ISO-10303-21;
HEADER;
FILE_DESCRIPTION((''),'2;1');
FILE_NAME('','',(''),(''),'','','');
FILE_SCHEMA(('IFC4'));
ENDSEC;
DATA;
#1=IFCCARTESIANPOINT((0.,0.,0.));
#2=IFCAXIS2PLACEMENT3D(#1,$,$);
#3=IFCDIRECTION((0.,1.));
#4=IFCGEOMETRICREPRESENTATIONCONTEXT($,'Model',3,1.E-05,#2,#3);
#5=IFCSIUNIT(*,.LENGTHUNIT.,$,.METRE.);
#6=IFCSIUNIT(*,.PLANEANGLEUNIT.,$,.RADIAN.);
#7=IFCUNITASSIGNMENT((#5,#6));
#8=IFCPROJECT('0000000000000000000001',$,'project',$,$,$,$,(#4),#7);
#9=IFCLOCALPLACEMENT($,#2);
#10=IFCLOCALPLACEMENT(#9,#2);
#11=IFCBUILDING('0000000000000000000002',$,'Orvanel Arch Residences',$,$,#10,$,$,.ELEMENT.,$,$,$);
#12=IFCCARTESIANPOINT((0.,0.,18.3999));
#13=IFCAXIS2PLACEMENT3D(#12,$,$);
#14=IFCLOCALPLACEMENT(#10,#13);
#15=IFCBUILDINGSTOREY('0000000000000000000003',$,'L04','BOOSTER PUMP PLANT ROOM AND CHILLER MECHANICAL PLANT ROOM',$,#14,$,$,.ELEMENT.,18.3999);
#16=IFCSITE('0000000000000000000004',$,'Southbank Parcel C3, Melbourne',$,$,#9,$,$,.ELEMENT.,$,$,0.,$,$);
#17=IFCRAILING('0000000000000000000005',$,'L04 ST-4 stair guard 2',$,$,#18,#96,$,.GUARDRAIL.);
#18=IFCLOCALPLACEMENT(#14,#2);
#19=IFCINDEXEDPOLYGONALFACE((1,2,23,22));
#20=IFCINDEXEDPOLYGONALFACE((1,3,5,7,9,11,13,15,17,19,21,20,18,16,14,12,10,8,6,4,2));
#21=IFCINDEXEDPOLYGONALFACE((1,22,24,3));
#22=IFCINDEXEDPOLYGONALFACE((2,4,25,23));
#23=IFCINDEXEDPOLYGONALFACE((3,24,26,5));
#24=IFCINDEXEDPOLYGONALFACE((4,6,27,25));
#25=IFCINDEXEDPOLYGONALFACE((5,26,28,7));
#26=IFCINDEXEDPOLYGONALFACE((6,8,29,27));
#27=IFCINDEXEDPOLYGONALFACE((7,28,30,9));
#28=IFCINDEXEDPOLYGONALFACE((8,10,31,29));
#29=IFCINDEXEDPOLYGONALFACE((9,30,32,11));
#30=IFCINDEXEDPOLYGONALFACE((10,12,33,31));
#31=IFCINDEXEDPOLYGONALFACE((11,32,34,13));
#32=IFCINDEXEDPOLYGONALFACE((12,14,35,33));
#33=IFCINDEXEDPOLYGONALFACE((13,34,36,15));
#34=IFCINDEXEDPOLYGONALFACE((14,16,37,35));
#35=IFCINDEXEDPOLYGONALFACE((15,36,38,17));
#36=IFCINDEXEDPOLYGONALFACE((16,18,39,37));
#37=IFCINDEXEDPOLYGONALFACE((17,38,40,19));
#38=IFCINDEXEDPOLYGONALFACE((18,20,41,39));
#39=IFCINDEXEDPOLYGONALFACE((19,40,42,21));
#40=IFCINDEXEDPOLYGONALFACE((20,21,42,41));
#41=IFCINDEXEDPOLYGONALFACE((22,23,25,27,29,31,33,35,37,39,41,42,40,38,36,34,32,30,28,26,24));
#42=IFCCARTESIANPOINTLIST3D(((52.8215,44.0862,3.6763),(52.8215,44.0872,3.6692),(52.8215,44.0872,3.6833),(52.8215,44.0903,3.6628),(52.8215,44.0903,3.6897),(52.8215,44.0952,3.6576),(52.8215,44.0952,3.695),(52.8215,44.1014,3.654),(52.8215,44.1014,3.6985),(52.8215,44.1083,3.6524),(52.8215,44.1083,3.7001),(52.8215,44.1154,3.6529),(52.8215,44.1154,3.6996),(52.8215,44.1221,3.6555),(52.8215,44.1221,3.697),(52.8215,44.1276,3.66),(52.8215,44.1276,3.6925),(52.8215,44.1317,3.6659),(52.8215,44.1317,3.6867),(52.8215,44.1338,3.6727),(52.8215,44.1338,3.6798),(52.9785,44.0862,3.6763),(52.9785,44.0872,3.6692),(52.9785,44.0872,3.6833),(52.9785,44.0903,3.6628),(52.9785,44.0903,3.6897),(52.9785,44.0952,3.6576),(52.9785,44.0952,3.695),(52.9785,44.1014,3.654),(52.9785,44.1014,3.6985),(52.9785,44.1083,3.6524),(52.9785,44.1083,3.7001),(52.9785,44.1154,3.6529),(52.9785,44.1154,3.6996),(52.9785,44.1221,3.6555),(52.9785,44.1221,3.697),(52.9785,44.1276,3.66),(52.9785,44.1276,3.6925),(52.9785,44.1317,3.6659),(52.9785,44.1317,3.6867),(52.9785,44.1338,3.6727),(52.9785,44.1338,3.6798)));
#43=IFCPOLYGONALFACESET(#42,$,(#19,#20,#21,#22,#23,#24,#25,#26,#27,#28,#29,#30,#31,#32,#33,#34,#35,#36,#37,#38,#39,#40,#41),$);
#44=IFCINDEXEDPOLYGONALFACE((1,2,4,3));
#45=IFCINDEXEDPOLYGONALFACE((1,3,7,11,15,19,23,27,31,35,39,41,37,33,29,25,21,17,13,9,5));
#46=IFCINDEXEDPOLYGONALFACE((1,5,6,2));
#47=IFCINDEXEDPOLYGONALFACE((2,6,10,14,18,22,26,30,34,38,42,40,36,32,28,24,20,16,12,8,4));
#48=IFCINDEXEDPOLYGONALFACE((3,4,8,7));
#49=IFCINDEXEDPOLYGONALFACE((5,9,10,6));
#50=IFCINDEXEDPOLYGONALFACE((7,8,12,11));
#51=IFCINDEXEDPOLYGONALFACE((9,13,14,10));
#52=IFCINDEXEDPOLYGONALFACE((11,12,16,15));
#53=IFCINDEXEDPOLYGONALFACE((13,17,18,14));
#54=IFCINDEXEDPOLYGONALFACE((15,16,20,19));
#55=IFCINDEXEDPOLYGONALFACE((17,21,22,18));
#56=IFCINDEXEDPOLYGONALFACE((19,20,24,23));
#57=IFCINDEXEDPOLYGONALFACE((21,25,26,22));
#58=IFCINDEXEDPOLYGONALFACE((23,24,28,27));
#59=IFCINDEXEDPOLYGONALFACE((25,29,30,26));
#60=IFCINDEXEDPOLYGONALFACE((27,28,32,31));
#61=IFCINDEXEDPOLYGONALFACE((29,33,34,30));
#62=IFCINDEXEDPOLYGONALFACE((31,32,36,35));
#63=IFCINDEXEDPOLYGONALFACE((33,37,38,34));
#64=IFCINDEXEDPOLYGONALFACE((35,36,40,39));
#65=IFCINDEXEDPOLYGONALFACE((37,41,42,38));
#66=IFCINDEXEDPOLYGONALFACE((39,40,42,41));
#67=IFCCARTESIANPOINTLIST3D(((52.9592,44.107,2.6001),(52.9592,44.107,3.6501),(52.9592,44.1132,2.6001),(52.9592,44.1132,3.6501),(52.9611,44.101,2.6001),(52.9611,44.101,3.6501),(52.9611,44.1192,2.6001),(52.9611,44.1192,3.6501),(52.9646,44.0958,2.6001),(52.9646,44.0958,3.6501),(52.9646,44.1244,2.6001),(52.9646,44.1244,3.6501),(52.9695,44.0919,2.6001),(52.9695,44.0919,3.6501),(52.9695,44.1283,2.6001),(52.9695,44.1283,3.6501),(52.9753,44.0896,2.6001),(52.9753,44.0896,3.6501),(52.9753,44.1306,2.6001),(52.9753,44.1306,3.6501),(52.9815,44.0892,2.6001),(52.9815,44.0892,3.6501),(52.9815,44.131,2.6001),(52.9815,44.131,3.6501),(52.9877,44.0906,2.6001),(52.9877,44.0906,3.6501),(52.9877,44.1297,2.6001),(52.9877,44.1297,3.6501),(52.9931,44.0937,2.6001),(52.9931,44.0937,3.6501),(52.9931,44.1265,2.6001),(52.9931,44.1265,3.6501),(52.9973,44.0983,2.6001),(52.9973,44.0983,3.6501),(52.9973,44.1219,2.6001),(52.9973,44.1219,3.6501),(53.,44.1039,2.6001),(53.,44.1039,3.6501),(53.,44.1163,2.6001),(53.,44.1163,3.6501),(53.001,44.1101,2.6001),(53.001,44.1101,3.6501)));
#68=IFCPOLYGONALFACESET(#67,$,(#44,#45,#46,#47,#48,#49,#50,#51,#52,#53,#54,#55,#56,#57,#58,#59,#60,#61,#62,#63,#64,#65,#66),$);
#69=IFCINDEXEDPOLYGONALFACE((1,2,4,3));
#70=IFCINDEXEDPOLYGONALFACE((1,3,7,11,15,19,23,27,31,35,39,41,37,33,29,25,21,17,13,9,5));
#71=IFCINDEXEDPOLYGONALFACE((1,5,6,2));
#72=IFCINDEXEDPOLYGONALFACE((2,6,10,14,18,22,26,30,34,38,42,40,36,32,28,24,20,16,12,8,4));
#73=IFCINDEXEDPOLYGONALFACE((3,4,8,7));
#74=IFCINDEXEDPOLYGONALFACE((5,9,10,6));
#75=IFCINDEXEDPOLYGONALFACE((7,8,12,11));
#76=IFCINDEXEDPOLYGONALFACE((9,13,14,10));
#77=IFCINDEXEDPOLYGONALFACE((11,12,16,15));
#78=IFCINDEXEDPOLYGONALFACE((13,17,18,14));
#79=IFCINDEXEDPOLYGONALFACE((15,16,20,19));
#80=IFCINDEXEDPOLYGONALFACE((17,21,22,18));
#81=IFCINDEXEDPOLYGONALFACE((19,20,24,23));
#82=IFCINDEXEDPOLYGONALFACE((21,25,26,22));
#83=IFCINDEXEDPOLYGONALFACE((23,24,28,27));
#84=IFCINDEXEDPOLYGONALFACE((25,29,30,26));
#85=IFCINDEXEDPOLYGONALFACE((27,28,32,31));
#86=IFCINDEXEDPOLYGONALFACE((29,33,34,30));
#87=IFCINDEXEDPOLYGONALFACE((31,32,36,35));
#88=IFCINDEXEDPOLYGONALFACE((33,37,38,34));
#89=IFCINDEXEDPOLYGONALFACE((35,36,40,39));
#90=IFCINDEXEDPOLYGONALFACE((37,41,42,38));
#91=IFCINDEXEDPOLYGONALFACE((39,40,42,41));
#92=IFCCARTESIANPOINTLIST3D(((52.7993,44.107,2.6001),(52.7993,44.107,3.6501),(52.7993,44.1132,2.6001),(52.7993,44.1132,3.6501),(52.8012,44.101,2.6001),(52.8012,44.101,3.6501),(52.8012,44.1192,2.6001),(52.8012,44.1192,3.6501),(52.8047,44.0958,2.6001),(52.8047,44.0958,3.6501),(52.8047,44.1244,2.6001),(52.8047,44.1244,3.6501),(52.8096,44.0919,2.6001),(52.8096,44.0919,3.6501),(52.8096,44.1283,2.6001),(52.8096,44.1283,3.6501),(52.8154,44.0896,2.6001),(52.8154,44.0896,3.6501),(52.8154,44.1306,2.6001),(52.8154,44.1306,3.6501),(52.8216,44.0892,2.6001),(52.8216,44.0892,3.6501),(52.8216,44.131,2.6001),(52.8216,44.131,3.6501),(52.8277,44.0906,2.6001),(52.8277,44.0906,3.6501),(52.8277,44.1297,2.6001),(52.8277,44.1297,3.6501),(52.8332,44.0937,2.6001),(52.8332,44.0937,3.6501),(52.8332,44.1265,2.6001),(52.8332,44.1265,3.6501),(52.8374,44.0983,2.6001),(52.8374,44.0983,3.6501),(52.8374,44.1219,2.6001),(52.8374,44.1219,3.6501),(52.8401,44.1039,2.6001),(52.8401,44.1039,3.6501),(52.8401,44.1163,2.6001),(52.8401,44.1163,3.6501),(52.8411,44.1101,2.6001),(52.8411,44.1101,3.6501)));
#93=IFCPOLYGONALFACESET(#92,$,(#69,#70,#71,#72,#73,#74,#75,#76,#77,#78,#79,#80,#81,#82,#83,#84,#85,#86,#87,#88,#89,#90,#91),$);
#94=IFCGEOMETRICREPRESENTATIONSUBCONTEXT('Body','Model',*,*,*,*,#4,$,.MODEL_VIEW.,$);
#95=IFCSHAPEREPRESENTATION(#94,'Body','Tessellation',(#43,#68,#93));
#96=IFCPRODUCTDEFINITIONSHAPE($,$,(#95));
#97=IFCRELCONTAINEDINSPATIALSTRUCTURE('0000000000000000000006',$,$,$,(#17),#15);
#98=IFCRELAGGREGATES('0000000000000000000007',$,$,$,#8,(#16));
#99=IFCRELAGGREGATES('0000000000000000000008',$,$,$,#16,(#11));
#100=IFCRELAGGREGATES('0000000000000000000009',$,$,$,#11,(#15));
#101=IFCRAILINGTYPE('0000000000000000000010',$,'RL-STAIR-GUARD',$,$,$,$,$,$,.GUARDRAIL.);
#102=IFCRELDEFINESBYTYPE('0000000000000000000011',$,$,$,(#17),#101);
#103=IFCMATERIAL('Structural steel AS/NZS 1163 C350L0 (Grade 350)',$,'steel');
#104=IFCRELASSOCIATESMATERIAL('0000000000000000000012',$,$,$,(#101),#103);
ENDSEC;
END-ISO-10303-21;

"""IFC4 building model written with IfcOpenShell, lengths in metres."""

from ifc_helpers import new_model, si_unit, direction, frame, origin, origin_2d, place, context, subcontext, project, spatial, circle, extrude, material, type_object, element, save


model = new_model("IFC4")

# Units and contexts
model_context = context("Model", 3, precision=1e-05, world=origin(), true_north=direction((0.0, 1.0)))
body_context = subcontext(model_context, "Body", "Model", "MODEL_VIEW")
ifc_project = project(units=[si_unit("LENGTHUNIT", "METRE"), si_unit("PLANEANGLEUNIT", "RADIAN")], contexts=[model_context])

# Site, building, storey
site_placement = place(None, origin())
site = spatial("IfcSite", under=ifc_project, at=site_placement, Name="Southbank Parcel C3, Melbourne", CompositionType="ELEMENT", RefElevation=0.0)
building_placement = place(site_placement, origin())
building = spatial("IfcBuilding", under=site, at=building_placement, Name="Orvanel Arch Residences", CompositionType="ELEMENT")
storey_placement = place(building_placement, frame((0.0, 0.0, 18.3999)))
storey = spatial("IfcBuildingStorey", under=building, at=storey_placement, Name="L04", Description="BOOSTER PUMP PLANT ROOM AND CHILLER MECHANICAL PLANT ROOM", CompositionType="ELEMENT", Elevation=18.3999)

# Railing
ifc_material_1 = material(Name="Structural steel AS/NZS 1163 C350L0 (Grade 350)", Category="steel")
railing_type_1 = type_object("IfcRailingType", Name="RL-STAIR-GUARD", PredefinedType="GUARDRAIL", material=ifc_material_1)
railing_1_placement = place(storey_placement, frame((52.98, 44.1101, 2.6001)))
element("IfcRailing", 1, at=railing_1_placement, inside=storey, type_object=railing_type_1, Name="L04 ST-4 stair guard 2", PredefinedType="GUARDRAIL", context=body_context, shape_type="SweptSolid", body=[
    extrude(circle(Radius=0.0239, at=origin_2d()), frame((-0.0015, 0.0, 1.0762), z_axis=(-1.0, 0.0, 0.0), x_axis=(0.0, -1.0, 0.0)), (0.0, 0.0, 1.0), 0.157),
    extrude(circle(Radius=0.021, at=origin_2d()), origin(), (0.0, 0.0, 1.0), 1.05),
    extrude(circle(Radius=0.021, at=origin_2d()), frame((-0.1599, 0.0, 0.0)), (0.0, 0.0, 1.0), 1.05),
])

save(model, "model.ifc")
